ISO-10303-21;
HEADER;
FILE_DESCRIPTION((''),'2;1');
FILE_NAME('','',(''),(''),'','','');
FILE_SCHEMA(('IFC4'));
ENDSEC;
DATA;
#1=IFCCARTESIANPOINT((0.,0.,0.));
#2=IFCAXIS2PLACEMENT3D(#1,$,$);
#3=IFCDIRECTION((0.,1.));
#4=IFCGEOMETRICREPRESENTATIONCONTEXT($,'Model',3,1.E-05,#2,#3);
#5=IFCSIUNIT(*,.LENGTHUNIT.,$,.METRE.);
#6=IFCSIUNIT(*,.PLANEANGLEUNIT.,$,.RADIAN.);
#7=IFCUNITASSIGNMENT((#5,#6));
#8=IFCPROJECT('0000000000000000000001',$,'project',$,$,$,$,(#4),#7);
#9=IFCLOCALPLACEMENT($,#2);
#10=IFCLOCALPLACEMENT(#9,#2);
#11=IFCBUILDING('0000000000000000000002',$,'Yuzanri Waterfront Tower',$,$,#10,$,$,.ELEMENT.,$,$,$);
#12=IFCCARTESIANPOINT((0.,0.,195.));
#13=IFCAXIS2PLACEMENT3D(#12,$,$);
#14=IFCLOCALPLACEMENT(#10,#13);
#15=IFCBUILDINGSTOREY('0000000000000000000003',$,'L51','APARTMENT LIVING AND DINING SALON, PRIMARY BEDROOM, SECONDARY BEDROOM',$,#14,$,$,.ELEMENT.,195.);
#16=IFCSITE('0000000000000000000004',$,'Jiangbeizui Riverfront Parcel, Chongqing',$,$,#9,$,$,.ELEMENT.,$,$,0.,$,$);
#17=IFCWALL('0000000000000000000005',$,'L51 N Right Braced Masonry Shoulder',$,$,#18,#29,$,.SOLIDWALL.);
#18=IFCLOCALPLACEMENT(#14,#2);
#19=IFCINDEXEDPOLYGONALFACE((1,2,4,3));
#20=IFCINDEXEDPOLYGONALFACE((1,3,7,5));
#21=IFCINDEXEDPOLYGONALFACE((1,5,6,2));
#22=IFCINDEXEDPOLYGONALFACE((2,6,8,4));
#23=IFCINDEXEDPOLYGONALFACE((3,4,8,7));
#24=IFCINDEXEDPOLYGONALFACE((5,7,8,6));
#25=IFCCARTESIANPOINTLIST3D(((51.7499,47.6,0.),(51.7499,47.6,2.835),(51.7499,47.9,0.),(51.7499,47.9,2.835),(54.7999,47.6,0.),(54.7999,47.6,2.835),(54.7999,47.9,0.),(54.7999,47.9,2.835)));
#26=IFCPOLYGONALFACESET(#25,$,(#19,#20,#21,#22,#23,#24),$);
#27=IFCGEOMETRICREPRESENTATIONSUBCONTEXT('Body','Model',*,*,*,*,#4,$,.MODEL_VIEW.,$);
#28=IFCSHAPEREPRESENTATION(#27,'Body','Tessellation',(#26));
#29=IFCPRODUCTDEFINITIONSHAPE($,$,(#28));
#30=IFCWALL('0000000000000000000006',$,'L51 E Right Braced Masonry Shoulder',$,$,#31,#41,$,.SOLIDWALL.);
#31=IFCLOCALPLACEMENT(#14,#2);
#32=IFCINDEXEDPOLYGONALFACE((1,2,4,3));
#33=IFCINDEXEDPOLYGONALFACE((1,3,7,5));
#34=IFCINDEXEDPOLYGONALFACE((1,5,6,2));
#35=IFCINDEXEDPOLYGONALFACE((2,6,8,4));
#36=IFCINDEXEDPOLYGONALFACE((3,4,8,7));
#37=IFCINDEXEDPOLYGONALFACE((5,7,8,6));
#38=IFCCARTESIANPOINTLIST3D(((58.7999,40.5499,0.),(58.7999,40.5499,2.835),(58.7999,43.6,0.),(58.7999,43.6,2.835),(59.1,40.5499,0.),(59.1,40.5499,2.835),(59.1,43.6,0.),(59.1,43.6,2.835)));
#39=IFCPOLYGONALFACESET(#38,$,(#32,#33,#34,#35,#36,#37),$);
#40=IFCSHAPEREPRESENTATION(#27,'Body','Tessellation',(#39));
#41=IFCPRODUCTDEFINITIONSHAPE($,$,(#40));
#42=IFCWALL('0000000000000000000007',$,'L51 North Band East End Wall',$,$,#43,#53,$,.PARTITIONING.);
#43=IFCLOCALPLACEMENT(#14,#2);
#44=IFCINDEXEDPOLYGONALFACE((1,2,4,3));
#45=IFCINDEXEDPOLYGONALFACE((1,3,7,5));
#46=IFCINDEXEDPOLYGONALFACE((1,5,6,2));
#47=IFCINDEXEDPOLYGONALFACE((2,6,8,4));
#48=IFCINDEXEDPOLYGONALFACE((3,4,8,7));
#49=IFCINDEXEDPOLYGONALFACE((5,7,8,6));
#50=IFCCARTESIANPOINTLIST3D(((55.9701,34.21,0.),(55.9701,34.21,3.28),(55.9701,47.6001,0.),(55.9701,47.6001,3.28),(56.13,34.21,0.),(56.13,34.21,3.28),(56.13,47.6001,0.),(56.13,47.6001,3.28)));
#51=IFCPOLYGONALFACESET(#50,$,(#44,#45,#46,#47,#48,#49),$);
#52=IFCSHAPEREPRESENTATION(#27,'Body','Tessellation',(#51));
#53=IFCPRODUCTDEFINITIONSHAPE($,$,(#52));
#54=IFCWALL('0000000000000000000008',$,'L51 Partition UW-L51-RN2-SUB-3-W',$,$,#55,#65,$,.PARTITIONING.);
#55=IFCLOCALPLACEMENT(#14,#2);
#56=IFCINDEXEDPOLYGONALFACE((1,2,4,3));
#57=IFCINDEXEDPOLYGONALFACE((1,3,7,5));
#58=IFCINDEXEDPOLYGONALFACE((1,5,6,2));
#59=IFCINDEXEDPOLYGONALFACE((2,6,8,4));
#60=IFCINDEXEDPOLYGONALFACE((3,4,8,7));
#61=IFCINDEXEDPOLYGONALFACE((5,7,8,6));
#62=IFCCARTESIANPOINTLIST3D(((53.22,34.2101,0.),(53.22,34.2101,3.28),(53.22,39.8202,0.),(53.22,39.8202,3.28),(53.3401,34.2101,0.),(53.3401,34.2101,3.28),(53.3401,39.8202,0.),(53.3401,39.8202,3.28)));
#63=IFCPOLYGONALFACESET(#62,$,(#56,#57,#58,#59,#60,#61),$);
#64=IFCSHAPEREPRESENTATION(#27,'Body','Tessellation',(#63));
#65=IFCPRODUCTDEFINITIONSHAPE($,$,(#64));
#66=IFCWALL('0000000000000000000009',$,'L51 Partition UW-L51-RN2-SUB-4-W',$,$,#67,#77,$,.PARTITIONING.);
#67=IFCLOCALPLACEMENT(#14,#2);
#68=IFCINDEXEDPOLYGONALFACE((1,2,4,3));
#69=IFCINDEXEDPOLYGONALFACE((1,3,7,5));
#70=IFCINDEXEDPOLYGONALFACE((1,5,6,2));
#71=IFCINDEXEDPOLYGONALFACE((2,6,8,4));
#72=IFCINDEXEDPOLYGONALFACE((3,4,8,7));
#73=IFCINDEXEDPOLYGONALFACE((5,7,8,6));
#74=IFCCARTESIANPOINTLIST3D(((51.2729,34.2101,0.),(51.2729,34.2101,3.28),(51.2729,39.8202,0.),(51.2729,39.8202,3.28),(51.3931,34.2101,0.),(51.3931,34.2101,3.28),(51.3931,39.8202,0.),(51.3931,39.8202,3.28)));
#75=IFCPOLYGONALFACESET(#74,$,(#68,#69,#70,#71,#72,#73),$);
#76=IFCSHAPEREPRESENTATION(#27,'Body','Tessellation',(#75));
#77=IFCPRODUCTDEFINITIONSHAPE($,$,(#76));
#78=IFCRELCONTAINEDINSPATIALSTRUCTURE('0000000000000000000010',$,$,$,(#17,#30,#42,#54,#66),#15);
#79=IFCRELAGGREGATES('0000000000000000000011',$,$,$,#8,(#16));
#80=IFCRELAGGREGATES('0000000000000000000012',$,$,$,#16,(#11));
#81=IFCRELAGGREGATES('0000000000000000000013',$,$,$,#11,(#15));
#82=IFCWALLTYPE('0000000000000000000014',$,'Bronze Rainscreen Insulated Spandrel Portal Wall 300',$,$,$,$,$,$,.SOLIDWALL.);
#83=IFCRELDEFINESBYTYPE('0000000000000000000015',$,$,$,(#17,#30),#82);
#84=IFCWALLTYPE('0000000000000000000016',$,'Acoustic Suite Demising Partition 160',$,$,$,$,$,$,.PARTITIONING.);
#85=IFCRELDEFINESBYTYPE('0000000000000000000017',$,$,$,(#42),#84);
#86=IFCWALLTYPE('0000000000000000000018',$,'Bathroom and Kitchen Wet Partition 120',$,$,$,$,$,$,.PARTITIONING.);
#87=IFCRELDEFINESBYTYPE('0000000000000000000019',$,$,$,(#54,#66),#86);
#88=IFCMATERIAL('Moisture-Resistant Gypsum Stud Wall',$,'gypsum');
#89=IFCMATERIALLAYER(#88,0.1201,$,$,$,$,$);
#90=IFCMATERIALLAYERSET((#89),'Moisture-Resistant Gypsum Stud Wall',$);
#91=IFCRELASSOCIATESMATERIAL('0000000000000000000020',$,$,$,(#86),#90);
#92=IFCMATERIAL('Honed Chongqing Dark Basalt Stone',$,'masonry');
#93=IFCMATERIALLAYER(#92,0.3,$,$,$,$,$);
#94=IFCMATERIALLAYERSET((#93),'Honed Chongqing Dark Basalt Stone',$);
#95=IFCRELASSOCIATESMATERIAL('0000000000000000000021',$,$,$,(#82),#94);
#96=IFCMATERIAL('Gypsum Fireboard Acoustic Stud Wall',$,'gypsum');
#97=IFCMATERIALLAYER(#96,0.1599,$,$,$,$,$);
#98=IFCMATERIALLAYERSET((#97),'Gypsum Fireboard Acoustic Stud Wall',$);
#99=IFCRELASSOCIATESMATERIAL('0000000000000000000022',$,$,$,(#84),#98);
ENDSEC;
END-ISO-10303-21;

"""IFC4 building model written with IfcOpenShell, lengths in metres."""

from ifc_helpers import new_model, si_unit, direction, frame, frame_2d, origin, place, context, subcontext, project, spatial, rectangle, extrude, source, transform, mapped, material, layer, layer_set, type_object, element, save


model = new_model("IFC4")

# Units and contexts
model_context = context("Model", 3, precision=1e-05, world=origin(), true_north=direction((0.0, 1.0)))
body_context = subcontext(model_context, "Body", "Model", "MODEL_VIEW")
ifc_project = project(units=[si_unit("LENGTHUNIT", "METRE"), si_unit("PLANEANGLEUNIT", "RADIAN")], contexts=[model_context])

# Site, building, storey
site_placement = place(None, origin())
site = spatial("IfcSite", under=ifc_project, at=site_placement, Name="Jiangbeizui Riverfront Parcel, Chongqing", CompositionType="ELEMENT", RefElevation=0.0)
building_placement = place(site_placement, origin())
building = spatial("IfcBuilding", under=site, at=building_placement, Name="Yuzanri Waterfront Tower", CompositionType="ELEMENT")
storey_placement = place(building_placement, frame((0.0, 0.0, 195.0)))
storey = spatial("IfcBuildingStorey", under=building, at=storey_placement, Name="L51", Description="APARTMENT LIVING AND DINING SALON, PRIMARY BEDROOM, SECONDARY BEDROOM", CompositionType="ELEMENT", Elevation=195.0)

# Shared definitions
ifc_material_1 = material(Name="Moisture-Resistant Gypsum Stud Wall", Category="gypsum")
ifc_layer_1 = layer(ifc_material_1, 0.1201)
ifc_layer_set_1 = layer_set([ifc_layer_1], Name="Moisture-Resistant Gypsum Stud Wall")
wall_type_1 = type_object("IfcWallType", Name="Bathroom and Kitchen Wet Partition 120", PredefinedType="PARTITIONING", material=ifc_layer_set_1)

# Shared definitions
ifc_material_2 = material(Name="Honed Chongqing Dark Basalt Stone", Category="masonry")
ifc_layer_2 = layer(ifc_material_2, 0.3)
ifc_layer_set_2 = layer_set([ifc_layer_2], Name="Honed Chongqing Dark Basalt Stone")
wall_type_2 = type_object("IfcWallType", Name="Bronze Rainscreen Insulated Spandrel Portal Wall 300", PredefinedType="SOLIDWALL", material=ifc_layer_set_2)

# Walls
shared_shape_1 = source(origin(), body_context, "Body", "SweptSolid", [
    extrude(rectangle(XDim=3.05, YDim=0.3, at=frame_2d((1.5249, 0.0))), origin(), (0.0, 0.0, 1.0), 2.835),
])
for number, where, z_axis, x_axis, name in (
    (1, (51.75, 47.75, 0.0), (0.0, 0.0, 1.0), (1.0, 0.0, 0.0), "L51 N Right Braced Masonry Shoulder"),
    (2, (58.95, 40.55, 0.0), (0.0, 0.0, 1.0), (0.0, 1.0, 0.0), "L51 E Right Braced Masonry Shoulder"),
):
    element("IfcWall", number, at=place(storey_placement, frame(where, z_axis=z_axis, x_axis=x_axis)), inside=storey, type_object=wall_type_2, Name=name, PredefinedType="SOLIDWALL", context=body_context, shape_type="MappedRepresentation", body=[
        mapped(shared_shape_1, transform((0.0, 0.0, 0.0), scale=1.0)),
    ])
ifc_material_3 = material(Name="Gypsum Fireboard Acoustic Stud Wall", Category="gypsum")
ifc_layer_3 = layer(ifc_material_3, 0.1599)
ifc_layer_set_3 = layer_set([ifc_layer_3], Name="Gypsum Fireboard Acoustic Stud Wall")
wall_type_3 = type_object("IfcWallType", Name="Acoustic Suite Demising Partition 160", PredefinedType="PARTITIONING", material=ifc_layer_set_3)
shared_shape_2 = source(origin(), body_context, "Body", "SweptSolid", [
    extrude(rectangle(XDim=13.3901, YDim=0.1599, at=frame_2d((6.6951, 0.0))), origin(), (0.0, 0.0, 1.0), 3.28),
])
wall_1_placement = place(storey_placement, frame((56.05, 34.21, 0.0), z_axis=(0.0, 0.0, 1.0), x_axis=(0.0, 1.0, 0.0)))
element("IfcWall", 3, at=wall_1_placement, inside=storey, type_object=wall_type_3, Name="L51 North Band East End Wall", PredefinedType="PARTITIONING", context=body_context, shape_type="MappedRepresentation", body=[
    mapped(shared_shape_2, transform((0.0, 0.0, 0.0), scale=1.0)),
])
shared_shape_3 = source(origin(), body_context, "Body", "SweptSolid", [
    extrude(rectangle(XDim=5.6101, YDim=0.1201, at=frame_2d((2.8052, 0.0))), origin(), (0.0, 0.0, 1.0), 3.28),
])
for number, where, z_axis, x_axis, name in (
    (4, (53.28, 34.21, 0.0), (0.0, 0.0, 1.0), (0.0, 1.0, 0.0), "L51 Partition UW-L51-RN2-SUB-3-W"),
    (5, (51.333, 34.21, 0.0), (0.0, 0.0, 1.0), (0.0, 1.0, 0.0), "L51 Partition UW-L51-RN2-SUB-4-W"),
):
    element("IfcWall", number, at=place(storey_placement, frame(where, z_axis=z_axis, x_axis=x_axis)), inside=storey, type_object=wall_type_1, Name=name, PredefinedType="PARTITIONING", context=body_context, shape_type="MappedRepresentation", body=[
        mapped(shared_shape_3, transform((0.0, 0.0, 0.0), scale=1.0)),
    ])

save(model, "model.ifc")
